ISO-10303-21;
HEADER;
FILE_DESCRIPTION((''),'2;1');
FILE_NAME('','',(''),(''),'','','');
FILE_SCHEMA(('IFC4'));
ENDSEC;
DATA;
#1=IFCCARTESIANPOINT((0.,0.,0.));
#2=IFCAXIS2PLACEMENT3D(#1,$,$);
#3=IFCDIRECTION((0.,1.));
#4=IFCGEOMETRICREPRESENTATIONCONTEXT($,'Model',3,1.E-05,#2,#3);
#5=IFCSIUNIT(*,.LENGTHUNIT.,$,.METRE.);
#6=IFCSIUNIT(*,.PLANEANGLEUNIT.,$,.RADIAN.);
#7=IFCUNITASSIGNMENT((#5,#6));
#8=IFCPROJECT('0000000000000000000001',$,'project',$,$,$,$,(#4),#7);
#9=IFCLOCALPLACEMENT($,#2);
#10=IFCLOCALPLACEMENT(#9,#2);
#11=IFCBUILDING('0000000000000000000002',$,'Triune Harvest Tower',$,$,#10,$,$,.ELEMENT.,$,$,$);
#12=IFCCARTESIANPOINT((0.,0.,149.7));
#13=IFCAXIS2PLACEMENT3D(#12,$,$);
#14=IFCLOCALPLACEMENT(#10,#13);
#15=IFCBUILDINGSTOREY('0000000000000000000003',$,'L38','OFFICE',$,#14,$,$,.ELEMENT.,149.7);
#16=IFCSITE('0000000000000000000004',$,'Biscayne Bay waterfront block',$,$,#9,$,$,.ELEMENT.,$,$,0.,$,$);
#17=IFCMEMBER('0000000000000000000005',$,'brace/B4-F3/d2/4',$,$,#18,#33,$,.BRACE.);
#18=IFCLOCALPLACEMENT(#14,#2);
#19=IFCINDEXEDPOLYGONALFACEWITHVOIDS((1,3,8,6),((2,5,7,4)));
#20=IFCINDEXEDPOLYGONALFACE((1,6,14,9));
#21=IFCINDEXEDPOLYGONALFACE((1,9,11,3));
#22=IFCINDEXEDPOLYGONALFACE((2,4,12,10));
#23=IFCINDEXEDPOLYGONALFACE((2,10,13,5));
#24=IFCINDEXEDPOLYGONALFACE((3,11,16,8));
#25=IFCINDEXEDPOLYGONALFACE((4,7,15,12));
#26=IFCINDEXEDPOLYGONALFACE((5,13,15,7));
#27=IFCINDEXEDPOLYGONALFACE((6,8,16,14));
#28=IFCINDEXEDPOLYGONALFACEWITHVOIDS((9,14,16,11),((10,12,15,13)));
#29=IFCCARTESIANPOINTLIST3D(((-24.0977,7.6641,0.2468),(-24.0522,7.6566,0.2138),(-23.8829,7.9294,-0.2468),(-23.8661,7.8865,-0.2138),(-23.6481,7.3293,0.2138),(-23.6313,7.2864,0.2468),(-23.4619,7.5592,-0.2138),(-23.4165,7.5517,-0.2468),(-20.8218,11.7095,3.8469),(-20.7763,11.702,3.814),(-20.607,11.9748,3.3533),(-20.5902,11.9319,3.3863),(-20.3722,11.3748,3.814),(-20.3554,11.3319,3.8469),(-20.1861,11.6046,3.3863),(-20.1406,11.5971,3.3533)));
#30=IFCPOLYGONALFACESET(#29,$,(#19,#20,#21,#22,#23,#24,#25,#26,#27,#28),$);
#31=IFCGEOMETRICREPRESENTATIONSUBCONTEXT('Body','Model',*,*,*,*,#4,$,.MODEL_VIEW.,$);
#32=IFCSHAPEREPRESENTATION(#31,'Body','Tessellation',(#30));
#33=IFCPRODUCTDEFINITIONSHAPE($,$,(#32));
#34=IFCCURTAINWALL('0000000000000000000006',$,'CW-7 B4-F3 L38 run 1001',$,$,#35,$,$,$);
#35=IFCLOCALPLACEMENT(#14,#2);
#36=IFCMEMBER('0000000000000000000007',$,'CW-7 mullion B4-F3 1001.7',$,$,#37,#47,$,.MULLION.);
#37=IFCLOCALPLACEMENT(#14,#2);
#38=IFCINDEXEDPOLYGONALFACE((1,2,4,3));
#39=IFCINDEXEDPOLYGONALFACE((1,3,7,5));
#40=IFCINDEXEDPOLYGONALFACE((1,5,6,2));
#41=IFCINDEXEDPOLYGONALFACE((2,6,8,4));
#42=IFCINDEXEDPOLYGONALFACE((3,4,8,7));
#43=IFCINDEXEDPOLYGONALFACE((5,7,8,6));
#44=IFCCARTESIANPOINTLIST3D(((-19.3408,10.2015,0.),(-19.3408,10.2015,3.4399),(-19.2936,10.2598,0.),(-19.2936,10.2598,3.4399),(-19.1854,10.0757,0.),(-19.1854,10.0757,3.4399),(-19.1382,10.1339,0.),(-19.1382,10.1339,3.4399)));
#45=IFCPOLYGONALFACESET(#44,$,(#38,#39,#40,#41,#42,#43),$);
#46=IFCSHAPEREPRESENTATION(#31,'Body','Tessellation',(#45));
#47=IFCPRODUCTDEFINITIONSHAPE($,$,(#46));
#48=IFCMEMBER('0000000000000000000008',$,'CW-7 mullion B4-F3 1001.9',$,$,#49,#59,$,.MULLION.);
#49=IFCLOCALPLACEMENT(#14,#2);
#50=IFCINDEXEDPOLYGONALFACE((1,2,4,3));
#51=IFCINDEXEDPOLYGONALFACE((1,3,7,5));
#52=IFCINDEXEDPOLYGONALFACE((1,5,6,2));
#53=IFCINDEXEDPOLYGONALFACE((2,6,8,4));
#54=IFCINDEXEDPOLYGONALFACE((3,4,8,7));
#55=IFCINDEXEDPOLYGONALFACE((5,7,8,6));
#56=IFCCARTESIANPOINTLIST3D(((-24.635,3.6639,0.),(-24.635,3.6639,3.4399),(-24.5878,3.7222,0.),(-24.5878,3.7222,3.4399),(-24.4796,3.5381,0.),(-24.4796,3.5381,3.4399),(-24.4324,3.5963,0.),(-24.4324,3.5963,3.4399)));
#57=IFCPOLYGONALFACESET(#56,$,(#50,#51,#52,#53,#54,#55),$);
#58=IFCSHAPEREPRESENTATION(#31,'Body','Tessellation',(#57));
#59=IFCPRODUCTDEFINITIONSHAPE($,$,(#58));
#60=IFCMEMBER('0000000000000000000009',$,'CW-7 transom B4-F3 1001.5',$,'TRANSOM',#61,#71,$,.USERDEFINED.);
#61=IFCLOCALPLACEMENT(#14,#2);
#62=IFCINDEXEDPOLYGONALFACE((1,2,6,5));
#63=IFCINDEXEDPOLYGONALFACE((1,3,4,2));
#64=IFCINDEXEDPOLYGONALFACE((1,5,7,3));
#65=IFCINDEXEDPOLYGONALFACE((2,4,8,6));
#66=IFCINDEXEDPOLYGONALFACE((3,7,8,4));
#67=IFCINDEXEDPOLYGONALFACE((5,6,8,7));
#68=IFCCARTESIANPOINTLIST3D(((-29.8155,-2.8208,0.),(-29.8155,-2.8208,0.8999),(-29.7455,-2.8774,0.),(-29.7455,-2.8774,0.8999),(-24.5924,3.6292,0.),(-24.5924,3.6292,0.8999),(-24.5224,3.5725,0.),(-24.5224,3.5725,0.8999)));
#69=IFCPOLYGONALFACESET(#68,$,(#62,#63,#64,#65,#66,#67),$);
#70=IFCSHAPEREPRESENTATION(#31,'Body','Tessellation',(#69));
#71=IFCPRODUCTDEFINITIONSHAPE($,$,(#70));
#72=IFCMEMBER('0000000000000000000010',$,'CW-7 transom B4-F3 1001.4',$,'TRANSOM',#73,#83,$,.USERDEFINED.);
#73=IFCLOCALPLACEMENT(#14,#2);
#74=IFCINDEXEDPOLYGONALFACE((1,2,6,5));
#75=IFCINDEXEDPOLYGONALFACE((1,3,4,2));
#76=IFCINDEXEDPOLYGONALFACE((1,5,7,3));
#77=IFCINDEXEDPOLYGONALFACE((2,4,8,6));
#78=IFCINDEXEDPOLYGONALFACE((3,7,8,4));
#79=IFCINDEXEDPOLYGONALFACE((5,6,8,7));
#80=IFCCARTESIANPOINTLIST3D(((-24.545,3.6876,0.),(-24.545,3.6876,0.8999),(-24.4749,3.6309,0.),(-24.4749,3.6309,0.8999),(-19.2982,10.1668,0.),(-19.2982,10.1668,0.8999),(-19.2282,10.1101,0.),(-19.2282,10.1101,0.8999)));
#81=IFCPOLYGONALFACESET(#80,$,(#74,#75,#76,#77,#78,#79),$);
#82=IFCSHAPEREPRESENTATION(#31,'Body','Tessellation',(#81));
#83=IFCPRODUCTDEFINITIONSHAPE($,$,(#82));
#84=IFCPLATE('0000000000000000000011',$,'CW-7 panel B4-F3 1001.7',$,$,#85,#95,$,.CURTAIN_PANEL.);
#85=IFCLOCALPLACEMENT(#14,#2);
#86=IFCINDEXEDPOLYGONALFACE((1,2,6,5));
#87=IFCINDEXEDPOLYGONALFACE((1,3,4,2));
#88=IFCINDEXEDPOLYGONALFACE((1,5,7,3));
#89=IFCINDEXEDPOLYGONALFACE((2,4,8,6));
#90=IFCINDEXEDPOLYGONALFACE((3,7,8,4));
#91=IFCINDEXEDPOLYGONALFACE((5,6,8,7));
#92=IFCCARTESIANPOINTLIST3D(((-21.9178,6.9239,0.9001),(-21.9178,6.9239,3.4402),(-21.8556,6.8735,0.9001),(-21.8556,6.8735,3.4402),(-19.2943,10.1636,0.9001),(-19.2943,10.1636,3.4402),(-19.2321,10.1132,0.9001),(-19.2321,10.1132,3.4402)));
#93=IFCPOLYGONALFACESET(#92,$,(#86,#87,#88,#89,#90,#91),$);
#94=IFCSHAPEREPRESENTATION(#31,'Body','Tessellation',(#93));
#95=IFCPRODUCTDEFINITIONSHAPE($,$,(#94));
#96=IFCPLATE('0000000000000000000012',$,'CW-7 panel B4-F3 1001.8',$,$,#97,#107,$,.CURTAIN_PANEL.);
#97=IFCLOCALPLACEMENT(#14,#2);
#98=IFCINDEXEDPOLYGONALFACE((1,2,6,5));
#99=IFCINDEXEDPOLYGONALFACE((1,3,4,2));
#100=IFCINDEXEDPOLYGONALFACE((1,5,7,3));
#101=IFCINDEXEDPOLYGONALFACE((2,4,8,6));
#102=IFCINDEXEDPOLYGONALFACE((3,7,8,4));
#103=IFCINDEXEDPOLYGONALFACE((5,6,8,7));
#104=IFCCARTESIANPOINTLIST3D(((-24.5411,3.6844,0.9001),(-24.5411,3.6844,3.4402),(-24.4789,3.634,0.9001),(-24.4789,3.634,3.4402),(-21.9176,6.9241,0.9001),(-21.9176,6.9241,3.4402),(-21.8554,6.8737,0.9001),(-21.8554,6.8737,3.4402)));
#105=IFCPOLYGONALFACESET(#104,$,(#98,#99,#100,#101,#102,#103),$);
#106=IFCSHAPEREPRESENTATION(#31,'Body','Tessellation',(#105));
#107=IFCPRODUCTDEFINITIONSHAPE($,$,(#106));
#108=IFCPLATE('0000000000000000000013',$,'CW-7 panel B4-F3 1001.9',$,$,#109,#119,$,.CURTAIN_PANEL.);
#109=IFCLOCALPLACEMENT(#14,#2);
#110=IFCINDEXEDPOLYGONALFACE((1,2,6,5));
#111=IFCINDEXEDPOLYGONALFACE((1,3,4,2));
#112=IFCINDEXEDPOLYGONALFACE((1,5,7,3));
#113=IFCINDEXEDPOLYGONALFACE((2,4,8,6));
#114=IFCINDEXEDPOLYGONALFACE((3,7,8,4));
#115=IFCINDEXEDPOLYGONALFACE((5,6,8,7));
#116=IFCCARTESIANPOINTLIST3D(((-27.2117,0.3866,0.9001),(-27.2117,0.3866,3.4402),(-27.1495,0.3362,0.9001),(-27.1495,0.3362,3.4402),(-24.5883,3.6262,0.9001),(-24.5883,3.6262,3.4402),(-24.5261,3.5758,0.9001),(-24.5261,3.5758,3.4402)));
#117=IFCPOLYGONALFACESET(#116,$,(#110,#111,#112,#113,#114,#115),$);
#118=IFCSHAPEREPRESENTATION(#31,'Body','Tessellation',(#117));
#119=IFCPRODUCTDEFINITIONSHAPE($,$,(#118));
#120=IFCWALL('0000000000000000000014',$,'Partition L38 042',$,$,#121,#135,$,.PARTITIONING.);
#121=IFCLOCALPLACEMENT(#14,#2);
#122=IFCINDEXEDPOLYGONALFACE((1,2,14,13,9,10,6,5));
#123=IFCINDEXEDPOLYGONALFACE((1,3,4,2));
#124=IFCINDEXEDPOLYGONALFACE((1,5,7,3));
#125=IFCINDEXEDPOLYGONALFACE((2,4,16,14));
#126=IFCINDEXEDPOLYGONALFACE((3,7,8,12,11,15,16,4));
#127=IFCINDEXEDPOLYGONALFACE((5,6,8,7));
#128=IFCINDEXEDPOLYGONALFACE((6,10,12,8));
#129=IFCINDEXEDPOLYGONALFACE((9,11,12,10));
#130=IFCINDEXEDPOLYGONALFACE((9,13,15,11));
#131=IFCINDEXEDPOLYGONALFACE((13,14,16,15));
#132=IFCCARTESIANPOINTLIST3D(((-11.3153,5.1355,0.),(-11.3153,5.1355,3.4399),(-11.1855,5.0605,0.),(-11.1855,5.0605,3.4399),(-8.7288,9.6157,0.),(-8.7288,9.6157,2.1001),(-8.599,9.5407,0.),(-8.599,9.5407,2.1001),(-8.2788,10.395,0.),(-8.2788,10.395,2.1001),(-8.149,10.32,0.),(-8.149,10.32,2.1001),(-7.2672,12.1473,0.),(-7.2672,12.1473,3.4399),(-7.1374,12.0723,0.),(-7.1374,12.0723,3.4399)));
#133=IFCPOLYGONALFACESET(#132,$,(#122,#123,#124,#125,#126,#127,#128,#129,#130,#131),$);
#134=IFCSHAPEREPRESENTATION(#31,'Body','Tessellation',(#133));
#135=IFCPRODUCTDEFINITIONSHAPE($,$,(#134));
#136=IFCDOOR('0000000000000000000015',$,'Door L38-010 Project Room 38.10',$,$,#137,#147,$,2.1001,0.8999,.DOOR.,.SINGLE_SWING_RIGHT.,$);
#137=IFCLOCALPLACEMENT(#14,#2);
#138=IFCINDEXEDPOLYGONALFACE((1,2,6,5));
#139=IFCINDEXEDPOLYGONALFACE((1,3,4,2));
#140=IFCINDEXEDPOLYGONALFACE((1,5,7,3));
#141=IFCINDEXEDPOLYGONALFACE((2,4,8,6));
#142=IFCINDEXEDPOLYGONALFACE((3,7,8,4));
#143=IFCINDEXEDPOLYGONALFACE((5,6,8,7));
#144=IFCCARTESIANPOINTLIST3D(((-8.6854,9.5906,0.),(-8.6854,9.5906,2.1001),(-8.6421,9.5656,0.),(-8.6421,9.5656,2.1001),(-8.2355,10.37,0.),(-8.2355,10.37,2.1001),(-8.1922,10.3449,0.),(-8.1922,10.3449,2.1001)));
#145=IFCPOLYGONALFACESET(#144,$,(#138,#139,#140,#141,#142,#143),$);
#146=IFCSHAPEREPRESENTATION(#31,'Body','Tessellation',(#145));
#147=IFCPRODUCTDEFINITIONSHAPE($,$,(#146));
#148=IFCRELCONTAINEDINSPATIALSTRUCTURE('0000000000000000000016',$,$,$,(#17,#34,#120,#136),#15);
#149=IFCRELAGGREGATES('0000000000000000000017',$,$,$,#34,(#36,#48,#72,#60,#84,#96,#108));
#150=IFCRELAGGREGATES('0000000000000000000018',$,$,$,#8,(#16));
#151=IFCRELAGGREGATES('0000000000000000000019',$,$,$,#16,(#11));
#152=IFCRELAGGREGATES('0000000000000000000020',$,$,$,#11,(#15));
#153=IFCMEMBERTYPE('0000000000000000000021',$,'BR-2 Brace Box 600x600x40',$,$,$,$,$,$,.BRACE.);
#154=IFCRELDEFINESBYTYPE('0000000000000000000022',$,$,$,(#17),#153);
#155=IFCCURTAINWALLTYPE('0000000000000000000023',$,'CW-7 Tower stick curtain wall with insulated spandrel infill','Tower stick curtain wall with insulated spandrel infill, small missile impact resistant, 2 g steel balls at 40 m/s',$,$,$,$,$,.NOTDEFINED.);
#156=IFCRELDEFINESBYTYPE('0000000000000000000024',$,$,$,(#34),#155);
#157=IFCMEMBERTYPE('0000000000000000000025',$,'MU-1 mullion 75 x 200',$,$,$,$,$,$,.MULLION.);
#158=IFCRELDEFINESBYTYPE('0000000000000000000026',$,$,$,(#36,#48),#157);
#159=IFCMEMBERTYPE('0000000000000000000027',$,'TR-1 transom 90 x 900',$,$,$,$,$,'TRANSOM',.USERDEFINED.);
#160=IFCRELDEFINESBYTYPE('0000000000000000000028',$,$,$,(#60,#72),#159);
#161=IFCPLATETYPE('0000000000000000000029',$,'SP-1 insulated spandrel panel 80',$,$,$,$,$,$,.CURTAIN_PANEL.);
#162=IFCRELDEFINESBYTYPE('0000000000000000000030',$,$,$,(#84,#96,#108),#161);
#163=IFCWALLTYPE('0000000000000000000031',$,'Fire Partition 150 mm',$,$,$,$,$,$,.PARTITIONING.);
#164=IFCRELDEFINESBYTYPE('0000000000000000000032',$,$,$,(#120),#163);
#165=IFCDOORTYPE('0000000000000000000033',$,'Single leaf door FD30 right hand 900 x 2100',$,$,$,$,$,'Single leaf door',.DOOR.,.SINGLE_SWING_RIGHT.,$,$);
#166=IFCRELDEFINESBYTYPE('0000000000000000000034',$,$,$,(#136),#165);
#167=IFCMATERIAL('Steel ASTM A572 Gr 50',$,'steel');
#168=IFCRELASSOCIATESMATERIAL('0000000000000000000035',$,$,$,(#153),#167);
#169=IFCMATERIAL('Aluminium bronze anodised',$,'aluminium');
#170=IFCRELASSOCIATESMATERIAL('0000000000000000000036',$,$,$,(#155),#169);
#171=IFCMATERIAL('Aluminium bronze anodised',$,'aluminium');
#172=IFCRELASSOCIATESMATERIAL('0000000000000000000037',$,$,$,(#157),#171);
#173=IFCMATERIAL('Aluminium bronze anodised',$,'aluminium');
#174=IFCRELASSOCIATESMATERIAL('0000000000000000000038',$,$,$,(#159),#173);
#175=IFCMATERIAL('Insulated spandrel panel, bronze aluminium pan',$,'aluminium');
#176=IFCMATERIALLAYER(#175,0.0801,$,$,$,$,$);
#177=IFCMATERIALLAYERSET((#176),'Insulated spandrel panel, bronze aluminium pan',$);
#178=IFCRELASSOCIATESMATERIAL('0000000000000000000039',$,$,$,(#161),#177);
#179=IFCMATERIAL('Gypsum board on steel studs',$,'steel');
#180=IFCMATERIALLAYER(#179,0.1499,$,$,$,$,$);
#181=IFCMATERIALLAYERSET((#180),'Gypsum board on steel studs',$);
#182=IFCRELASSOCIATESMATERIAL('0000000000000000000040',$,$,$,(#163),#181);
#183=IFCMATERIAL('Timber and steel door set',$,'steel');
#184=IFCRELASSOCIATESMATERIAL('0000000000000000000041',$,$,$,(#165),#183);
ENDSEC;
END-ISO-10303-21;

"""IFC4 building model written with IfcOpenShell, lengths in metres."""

from ifc_helpers import new_model, si_unit, direction, frame, frame_2d, origin, origin_2d, place, context, subcontext, project, spatial, rectangle, hollow_rectangle, extrude, source, transform, mapped, material, layer, layer_set, material_profile, profile_set, type_object, element, fill, aggregate, save


model = new_model("IFC4")

# Units and contexts
model_context = context("Model", 3, precision=1e-05, world=origin(), true_north=direction((0.0, 1.0)))
body_context = subcontext(model_context, "Body", "Model", "MODEL_VIEW")
ifc_project = project(units=[si_unit("LENGTHUNIT", "METRE"), si_unit("PLANEANGLEUNIT", "RADIAN")], contexts=[model_context])

# Site, building, storey
site_placement = place(None, origin())
site = spatial("IfcSite", under=ifc_project, at=site_placement, Name="Biscayne Bay waterfront block", CompositionType="ELEMENT", RefElevation=0.0)
building_placement = place(site_placement, origin())
building = spatial("IfcBuilding", under=site, at=building_placement, Name="Triune Harvest Tower", CompositionType="ELEMENT")
storey_placement = place(building_placement, frame((0.0, 0.0, 149.7)))
storey = spatial("IfcBuildingStorey", under=building, at=storey_placement, Name="L38", Description="OFFICE", CompositionType="ELEMENT", Elevation=149.7)

# Member
ifc_material_1 = material(Name="Steel ASTM A572 Gr 50", Category="steel")
ifc_material_profile_1 = material_profile(ifc_material_1, hollow_rectangle(XDim=0.6001, YDim=0.6001, WallThickness=0.04, at=origin_2d()), Name="Box 600x600x40")
ifc_profile_set_1 = profile_set([ifc_material_profile_1], Name="Steel ASTM A572 Gr 50")
member_type_1 = type_object("IfcMemberType", Name="BR-2 Brace Box 600x600x40", PredefinedType="BRACE", material=ifc_profile_set_1)
shared_shape_1 = source(origin(), body_context, "Body", "SweptSolid", [
    extrude(hollow_rectangle(XDim=0.6001, YDim=0.6001, WallThickness=0.04, at=origin_2d()), origin(), (0.0, 0.0, 1.0), 6.3291),
])
member_1_placement = place(storey_placement, frame((-23.7571, 7.6079, 0.0), z_axis=(0.517591, 0.639177, 0.568817), x_axis=(-0.777149, 0.629317, 0.0)))
element("IfcMember", 1, at=member_1_placement, inside=storey, type_object=member_type_1, Name="brace/B4-F3/d2/4", PredefinedType="BRACE", context=body_context, shape_type="MappedRepresentation", body=[
    mapped(shared_shape_1, transform((0.0, 0.0, 0.0), scale=1.0)),
])

# Curtain wall, members, plates
ifc_material_2 = material(Name="Aluminium bronze anodised", Category="aluminium")
curtain_wall_type = type_object("IfcCurtainWallType", Name="CW-7 Tower stick curtain wall with insulated spandrel infill", Description="Tower stick curtain wall with insulated spandrel infill, small missile impact resistant, 2 g steel balls at 40 m/s", PredefinedType="NOTDEFINED", material=ifc_material_2)
curtain_wall_placement = place(storey_placement, origin())
curtain_wall = element("IfcCurtainWall", 2, at=curtain_wall_placement, inside=storey, type_object=curtain_wall_type, Name="CW-7 B4-F3 L38 run 1001")
ifc_material_3 = material(Name="Aluminium bronze anodised", Category="aluminium")
ifc_material_profile_2 = material_profile(ifc_material_3, rectangle(XDim=0.2, YDim=0.075, at=origin_2d()), Name="MU-1 mullion 75 x 200")
ifc_profile_set_2 = profile_set([ifc_material_profile_2], Name="Aluminium bronze anodised")
member_type_2 = type_object("IfcMemberType", Name="MU-1 mullion 75 x 200", PredefinedType="MULLION", material=ifc_profile_set_2)
shared_shape_2 = source(origin(), body_context, "Body", "SweptSolid", [
    extrude(rectangle(XDim=0.2, YDim=0.075, at=origin_2d()), origin(), (0.0, 0.0, 1.0), 3.4399),
])
member_2_placement = place(storey_placement, frame((-19.2395, 10.1677, 0.0), z_axis=(0.0, 0.0, 1.0), x_axis=(0.777144, -0.629322, 0.0)))
member_2 = element("IfcMember", 3, at=member_2_placement, type_object=member_type_2, Name="CW-7 mullion B4-F3 1001.7", PredefinedType="MULLION", context=body_context, shape_type="MappedRepresentation", body=[
    mapped(shared_shape_2, transform((0.0, 0.0, 0.0), scale=1.0)),
])
member_3_placement = place(storey_placement, frame((-24.5337, 3.6301, 0.0), z_axis=(0.0, 0.0, 1.0), x_axis=(0.777144, -0.629322, 0.0)))
member_3 = element("IfcMember", 4, at=member_3_placement, type_object=member_type_2, Name="CW-7 mullion B4-F3 1001.9", PredefinedType="MULLION", context=body_context, shape_type="MappedRepresentation", body=[
    mapped(shared_shape_2, transform((0.0, 0.0, 0.0), scale=1.0)),
])
ifc_material_4 = material(Name="Aluminium bronze anodised", Category="aluminium")
ifc_material_profile_3 = material_profile(ifc_material_4, rectangle(XDim=0.0901, YDim=0.8999, at=origin_2d()), Name="TR-1 transom 90 x 900")
ifc_profile_set_3 = profile_set([ifc_material_profile_3], Name="Aluminium bronze anodised")
member_type_3 = type_object("IfcMemberType", Name="TR-1 transom 90 x 900", ElementType="TRANSOM", PredefinedType="USERDEFINED", material=ifc_profile_set_3)
shared_shape_3 = source(origin(), body_context, "Body", "SweptSolid", [
    extrude(rectangle(XDim=0.0901, YDim=0.8999, at=origin_2d()), origin(), (0.0, 0.0, 1.0), 8.2996),
])
member_4_placement = place(storey_placement, frame((-24.5574, 3.6008, 0.45), z_axis=(-0.629326, -0.777141, 0.0), x_axis=(0.777141, -0.629326, 0.0)))
member_4 = element("IfcMember", 5, at=member_4_placement, type_object=member_type_3, Name="CW-7 transom B4-F3 1001.5", ObjectType="TRANSOM", PredefinedType="USERDEFINED", context=body_context, shape_type="MappedRepresentation", body=[
    mapped(shared_shape_3, transform((0.0, 0.0, 0.0), scale=1.0)),
])
shared_shape_4 = source(origin(), body_context, "Body", "SweptSolid", [
    extrude(rectangle(XDim=0.0901, YDim=0.8999, at=origin_2d()), origin(), (0.0, 0.0, 1.0), 8.3372),
])
member_5_placement = place(storey_placement, frame((-19.2632, 10.1384, 0.45), z_axis=(-0.629323, -0.777144, 0.0), x_axis=(0.777144, -0.629323, 0.0)))
member_5 = element("IfcMember", 6, at=member_5_placement, type_object=member_type_3, Name="CW-7 transom B4-F3 1001.4", ObjectType="TRANSOM", PredefinedType="USERDEFINED", context=body_context, shape_type="MappedRepresentation", body=[
    mapped(shared_shape_4, transform((0.0, 0.0, 0.0), scale=1.0)),
])
ifc_material_5 = material(Name="Insulated spandrel panel, bronze aluminium pan", Category="aluminium")
ifc_layer_1 = layer(ifc_material_5, 0.0801)
ifc_layer_set_1 = layer_set([ifc_layer_1], Name="Insulated spandrel panel, bronze aluminium pan")
plate_type = type_object("IfcPlateType", Name="SP-1 insulated spandrel panel 80", PredefinedType="CURTAIN_PANEL", material=ifc_layer_set_1)
shared_shape_5 = source(origin(), body_context, "Body", "SweptSolid", [
    extrude(rectangle(XDim=4.1687, YDim=0.0801, at=origin_2d()), origin(), (0.0, 0.0, 1.0), 2.54),
])
plate_1_placement = place(storey_placement, frame((-20.575, 8.5186, 0.9001), z_axis=(0.0, 0.0, 1.0), x_axis=(-0.629322, -0.777144, 0.0)))
plate_1 = element("IfcPlate", 7, at=plate_1_placement, type_object=plate_type, Name="CW-7 panel B4-F3 1001.7", PredefinedType="CURTAIN_PANEL", context=body_context, shape_type="MappedRepresentation", body=[
    mapped(shared_shape_5, transform((0.0, 0.0, 0.0), scale=1.0)),
])
plate_2_placement = place(storey_placement, frame((-23.1982, 5.2791, 0.9001), z_axis=(0.0, 0.0, 1.0), x_axis=(-0.629322, -0.777144, 0.0)))
plate_2 = element("IfcPlate", 8, at=plate_2_placement, type_object=plate_type, Name="CW-7 panel B4-F3 1001.8", PredefinedType="CURTAIN_PANEL", context=body_context, shape_type="MappedRepresentation", body=[
    mapped(shared_shape_5, transform((0.0, 0.0, 0.0), scale=1.0)),
])
plate_3_placement = place(storey_placement, frame((-25.8689, 1.9812, 0.9001), z_axis=(0.0, 0.0, 1.0), x_axis=(-0.629322, -0.777144, 0.0)))
plate_3 = element("IfcPlate", 9, at=plate_3_placement, type_object=plate_type, Name="CW-7 panel B4-F3 1001.9", PredefinedType="CURTAIN_PANEL", context=body_context, shape_type="MappedRepresentation", body=[
    mapped(shared_shape_5, transform((0.0, 0.0, 0.0), scale=1.0)),
])
aggregate(curtain_wall, [member_2, member_3, member_5, member_4, plate_1, plate_2, plate_3])

# Wall, opening, door
ifc_material_6 = material(Name="Gypsum board on steel studs", Category="steel")
ifc_layer_2 = layer(ifc_material_6, 0.1499)
ifc_layer_set_2 = layer_set([ifc_layer_2], Name="Gypsum board on steel studs")
wall_type_1 = type_object("IfcWallType", Name="Fire Partition 150 mm", PredefinedType="PARTITIONING", material=ifc_layer_set_2)
wall_1_placement = place(storey_placement, frame((-11.2505, 5.0979, 0.0), z_axis=(0.0, 0.0, 1.0), x_axis=(0.499989, 0.866032, 0.0)))
wall_1 = element("IfcWall", 10, at=wall_1_placement, inside=storey, type_object=wall_type_1, Name="Partition L38 042", PredefinedType="PARTITIONING", context=body_context, shape_type="SweptSolid", body=[
    extrude(rectangle(XDim=8.0964, YDim=0.1499, at=frame_2d((4.0483, 0.0))), origin(), (0.0, 0.0, 1.0), 3.4399),
])
opening_1_placement = place(wall_1_placement, frame((5.1733, 0.0, 0.0)))
opening_1 = element("IfcOpeningElement", 11, at=opening_1_placement, cuts=wall_1, PredefinedType="OPENING", context=body_context, shape_type="SweptSolid", body=[
    extrude(rectangle(XDim=0.8999, YDim=2.1001, at=frame_2d((0.45, 1.05))), frame((0.0, 0.085, 0.0), z_axis=(0.0, -1.0, 0.0), x_axis=(1.0, 0.0, 0.0)), (0.0, 0.0, 1.0), 0.1699),
])
ifc_material_7 = material(Name="Timber and steel door set", Category="steel")
door_type_1 = type_object("IfcDoorType", Name="Single leaf door FD30 right hand 900 x 2100", ElementType="Single leaf door", OperationType="SINGLE_SWING_RIGHT", PredefinedType="DOOR", material=ifc_material_7)
door_1_placement = place(opening_1_placement, origin())
door_1 = element("IfcDoor", 12, at=door_1_placement, inside=storey, type_object=door_type_1, Name="Door L38-010 Project Room 38.10", OperationType="SINGLE_SWING_RIGHT", OverallHeight=2.1001, OverallWidth=0.8999, PredefinedType="DOOR", context=body_context, shape_type="SweptSolid", body=[
    extrude(rectangle(XDim=0.8999, YDim=2.1001, at=frame_2d((0.45, 1.05))), frame((0.0, 0.0249, 0.0), z_axis=(0.0, -1.0, 0.0), x_axis=(1.0, 0.0, 0.0)), (0.0, 0.0, 1.0), 0.05),
])
fill(opening_1, door_1)

save(model, "model.ifc")
